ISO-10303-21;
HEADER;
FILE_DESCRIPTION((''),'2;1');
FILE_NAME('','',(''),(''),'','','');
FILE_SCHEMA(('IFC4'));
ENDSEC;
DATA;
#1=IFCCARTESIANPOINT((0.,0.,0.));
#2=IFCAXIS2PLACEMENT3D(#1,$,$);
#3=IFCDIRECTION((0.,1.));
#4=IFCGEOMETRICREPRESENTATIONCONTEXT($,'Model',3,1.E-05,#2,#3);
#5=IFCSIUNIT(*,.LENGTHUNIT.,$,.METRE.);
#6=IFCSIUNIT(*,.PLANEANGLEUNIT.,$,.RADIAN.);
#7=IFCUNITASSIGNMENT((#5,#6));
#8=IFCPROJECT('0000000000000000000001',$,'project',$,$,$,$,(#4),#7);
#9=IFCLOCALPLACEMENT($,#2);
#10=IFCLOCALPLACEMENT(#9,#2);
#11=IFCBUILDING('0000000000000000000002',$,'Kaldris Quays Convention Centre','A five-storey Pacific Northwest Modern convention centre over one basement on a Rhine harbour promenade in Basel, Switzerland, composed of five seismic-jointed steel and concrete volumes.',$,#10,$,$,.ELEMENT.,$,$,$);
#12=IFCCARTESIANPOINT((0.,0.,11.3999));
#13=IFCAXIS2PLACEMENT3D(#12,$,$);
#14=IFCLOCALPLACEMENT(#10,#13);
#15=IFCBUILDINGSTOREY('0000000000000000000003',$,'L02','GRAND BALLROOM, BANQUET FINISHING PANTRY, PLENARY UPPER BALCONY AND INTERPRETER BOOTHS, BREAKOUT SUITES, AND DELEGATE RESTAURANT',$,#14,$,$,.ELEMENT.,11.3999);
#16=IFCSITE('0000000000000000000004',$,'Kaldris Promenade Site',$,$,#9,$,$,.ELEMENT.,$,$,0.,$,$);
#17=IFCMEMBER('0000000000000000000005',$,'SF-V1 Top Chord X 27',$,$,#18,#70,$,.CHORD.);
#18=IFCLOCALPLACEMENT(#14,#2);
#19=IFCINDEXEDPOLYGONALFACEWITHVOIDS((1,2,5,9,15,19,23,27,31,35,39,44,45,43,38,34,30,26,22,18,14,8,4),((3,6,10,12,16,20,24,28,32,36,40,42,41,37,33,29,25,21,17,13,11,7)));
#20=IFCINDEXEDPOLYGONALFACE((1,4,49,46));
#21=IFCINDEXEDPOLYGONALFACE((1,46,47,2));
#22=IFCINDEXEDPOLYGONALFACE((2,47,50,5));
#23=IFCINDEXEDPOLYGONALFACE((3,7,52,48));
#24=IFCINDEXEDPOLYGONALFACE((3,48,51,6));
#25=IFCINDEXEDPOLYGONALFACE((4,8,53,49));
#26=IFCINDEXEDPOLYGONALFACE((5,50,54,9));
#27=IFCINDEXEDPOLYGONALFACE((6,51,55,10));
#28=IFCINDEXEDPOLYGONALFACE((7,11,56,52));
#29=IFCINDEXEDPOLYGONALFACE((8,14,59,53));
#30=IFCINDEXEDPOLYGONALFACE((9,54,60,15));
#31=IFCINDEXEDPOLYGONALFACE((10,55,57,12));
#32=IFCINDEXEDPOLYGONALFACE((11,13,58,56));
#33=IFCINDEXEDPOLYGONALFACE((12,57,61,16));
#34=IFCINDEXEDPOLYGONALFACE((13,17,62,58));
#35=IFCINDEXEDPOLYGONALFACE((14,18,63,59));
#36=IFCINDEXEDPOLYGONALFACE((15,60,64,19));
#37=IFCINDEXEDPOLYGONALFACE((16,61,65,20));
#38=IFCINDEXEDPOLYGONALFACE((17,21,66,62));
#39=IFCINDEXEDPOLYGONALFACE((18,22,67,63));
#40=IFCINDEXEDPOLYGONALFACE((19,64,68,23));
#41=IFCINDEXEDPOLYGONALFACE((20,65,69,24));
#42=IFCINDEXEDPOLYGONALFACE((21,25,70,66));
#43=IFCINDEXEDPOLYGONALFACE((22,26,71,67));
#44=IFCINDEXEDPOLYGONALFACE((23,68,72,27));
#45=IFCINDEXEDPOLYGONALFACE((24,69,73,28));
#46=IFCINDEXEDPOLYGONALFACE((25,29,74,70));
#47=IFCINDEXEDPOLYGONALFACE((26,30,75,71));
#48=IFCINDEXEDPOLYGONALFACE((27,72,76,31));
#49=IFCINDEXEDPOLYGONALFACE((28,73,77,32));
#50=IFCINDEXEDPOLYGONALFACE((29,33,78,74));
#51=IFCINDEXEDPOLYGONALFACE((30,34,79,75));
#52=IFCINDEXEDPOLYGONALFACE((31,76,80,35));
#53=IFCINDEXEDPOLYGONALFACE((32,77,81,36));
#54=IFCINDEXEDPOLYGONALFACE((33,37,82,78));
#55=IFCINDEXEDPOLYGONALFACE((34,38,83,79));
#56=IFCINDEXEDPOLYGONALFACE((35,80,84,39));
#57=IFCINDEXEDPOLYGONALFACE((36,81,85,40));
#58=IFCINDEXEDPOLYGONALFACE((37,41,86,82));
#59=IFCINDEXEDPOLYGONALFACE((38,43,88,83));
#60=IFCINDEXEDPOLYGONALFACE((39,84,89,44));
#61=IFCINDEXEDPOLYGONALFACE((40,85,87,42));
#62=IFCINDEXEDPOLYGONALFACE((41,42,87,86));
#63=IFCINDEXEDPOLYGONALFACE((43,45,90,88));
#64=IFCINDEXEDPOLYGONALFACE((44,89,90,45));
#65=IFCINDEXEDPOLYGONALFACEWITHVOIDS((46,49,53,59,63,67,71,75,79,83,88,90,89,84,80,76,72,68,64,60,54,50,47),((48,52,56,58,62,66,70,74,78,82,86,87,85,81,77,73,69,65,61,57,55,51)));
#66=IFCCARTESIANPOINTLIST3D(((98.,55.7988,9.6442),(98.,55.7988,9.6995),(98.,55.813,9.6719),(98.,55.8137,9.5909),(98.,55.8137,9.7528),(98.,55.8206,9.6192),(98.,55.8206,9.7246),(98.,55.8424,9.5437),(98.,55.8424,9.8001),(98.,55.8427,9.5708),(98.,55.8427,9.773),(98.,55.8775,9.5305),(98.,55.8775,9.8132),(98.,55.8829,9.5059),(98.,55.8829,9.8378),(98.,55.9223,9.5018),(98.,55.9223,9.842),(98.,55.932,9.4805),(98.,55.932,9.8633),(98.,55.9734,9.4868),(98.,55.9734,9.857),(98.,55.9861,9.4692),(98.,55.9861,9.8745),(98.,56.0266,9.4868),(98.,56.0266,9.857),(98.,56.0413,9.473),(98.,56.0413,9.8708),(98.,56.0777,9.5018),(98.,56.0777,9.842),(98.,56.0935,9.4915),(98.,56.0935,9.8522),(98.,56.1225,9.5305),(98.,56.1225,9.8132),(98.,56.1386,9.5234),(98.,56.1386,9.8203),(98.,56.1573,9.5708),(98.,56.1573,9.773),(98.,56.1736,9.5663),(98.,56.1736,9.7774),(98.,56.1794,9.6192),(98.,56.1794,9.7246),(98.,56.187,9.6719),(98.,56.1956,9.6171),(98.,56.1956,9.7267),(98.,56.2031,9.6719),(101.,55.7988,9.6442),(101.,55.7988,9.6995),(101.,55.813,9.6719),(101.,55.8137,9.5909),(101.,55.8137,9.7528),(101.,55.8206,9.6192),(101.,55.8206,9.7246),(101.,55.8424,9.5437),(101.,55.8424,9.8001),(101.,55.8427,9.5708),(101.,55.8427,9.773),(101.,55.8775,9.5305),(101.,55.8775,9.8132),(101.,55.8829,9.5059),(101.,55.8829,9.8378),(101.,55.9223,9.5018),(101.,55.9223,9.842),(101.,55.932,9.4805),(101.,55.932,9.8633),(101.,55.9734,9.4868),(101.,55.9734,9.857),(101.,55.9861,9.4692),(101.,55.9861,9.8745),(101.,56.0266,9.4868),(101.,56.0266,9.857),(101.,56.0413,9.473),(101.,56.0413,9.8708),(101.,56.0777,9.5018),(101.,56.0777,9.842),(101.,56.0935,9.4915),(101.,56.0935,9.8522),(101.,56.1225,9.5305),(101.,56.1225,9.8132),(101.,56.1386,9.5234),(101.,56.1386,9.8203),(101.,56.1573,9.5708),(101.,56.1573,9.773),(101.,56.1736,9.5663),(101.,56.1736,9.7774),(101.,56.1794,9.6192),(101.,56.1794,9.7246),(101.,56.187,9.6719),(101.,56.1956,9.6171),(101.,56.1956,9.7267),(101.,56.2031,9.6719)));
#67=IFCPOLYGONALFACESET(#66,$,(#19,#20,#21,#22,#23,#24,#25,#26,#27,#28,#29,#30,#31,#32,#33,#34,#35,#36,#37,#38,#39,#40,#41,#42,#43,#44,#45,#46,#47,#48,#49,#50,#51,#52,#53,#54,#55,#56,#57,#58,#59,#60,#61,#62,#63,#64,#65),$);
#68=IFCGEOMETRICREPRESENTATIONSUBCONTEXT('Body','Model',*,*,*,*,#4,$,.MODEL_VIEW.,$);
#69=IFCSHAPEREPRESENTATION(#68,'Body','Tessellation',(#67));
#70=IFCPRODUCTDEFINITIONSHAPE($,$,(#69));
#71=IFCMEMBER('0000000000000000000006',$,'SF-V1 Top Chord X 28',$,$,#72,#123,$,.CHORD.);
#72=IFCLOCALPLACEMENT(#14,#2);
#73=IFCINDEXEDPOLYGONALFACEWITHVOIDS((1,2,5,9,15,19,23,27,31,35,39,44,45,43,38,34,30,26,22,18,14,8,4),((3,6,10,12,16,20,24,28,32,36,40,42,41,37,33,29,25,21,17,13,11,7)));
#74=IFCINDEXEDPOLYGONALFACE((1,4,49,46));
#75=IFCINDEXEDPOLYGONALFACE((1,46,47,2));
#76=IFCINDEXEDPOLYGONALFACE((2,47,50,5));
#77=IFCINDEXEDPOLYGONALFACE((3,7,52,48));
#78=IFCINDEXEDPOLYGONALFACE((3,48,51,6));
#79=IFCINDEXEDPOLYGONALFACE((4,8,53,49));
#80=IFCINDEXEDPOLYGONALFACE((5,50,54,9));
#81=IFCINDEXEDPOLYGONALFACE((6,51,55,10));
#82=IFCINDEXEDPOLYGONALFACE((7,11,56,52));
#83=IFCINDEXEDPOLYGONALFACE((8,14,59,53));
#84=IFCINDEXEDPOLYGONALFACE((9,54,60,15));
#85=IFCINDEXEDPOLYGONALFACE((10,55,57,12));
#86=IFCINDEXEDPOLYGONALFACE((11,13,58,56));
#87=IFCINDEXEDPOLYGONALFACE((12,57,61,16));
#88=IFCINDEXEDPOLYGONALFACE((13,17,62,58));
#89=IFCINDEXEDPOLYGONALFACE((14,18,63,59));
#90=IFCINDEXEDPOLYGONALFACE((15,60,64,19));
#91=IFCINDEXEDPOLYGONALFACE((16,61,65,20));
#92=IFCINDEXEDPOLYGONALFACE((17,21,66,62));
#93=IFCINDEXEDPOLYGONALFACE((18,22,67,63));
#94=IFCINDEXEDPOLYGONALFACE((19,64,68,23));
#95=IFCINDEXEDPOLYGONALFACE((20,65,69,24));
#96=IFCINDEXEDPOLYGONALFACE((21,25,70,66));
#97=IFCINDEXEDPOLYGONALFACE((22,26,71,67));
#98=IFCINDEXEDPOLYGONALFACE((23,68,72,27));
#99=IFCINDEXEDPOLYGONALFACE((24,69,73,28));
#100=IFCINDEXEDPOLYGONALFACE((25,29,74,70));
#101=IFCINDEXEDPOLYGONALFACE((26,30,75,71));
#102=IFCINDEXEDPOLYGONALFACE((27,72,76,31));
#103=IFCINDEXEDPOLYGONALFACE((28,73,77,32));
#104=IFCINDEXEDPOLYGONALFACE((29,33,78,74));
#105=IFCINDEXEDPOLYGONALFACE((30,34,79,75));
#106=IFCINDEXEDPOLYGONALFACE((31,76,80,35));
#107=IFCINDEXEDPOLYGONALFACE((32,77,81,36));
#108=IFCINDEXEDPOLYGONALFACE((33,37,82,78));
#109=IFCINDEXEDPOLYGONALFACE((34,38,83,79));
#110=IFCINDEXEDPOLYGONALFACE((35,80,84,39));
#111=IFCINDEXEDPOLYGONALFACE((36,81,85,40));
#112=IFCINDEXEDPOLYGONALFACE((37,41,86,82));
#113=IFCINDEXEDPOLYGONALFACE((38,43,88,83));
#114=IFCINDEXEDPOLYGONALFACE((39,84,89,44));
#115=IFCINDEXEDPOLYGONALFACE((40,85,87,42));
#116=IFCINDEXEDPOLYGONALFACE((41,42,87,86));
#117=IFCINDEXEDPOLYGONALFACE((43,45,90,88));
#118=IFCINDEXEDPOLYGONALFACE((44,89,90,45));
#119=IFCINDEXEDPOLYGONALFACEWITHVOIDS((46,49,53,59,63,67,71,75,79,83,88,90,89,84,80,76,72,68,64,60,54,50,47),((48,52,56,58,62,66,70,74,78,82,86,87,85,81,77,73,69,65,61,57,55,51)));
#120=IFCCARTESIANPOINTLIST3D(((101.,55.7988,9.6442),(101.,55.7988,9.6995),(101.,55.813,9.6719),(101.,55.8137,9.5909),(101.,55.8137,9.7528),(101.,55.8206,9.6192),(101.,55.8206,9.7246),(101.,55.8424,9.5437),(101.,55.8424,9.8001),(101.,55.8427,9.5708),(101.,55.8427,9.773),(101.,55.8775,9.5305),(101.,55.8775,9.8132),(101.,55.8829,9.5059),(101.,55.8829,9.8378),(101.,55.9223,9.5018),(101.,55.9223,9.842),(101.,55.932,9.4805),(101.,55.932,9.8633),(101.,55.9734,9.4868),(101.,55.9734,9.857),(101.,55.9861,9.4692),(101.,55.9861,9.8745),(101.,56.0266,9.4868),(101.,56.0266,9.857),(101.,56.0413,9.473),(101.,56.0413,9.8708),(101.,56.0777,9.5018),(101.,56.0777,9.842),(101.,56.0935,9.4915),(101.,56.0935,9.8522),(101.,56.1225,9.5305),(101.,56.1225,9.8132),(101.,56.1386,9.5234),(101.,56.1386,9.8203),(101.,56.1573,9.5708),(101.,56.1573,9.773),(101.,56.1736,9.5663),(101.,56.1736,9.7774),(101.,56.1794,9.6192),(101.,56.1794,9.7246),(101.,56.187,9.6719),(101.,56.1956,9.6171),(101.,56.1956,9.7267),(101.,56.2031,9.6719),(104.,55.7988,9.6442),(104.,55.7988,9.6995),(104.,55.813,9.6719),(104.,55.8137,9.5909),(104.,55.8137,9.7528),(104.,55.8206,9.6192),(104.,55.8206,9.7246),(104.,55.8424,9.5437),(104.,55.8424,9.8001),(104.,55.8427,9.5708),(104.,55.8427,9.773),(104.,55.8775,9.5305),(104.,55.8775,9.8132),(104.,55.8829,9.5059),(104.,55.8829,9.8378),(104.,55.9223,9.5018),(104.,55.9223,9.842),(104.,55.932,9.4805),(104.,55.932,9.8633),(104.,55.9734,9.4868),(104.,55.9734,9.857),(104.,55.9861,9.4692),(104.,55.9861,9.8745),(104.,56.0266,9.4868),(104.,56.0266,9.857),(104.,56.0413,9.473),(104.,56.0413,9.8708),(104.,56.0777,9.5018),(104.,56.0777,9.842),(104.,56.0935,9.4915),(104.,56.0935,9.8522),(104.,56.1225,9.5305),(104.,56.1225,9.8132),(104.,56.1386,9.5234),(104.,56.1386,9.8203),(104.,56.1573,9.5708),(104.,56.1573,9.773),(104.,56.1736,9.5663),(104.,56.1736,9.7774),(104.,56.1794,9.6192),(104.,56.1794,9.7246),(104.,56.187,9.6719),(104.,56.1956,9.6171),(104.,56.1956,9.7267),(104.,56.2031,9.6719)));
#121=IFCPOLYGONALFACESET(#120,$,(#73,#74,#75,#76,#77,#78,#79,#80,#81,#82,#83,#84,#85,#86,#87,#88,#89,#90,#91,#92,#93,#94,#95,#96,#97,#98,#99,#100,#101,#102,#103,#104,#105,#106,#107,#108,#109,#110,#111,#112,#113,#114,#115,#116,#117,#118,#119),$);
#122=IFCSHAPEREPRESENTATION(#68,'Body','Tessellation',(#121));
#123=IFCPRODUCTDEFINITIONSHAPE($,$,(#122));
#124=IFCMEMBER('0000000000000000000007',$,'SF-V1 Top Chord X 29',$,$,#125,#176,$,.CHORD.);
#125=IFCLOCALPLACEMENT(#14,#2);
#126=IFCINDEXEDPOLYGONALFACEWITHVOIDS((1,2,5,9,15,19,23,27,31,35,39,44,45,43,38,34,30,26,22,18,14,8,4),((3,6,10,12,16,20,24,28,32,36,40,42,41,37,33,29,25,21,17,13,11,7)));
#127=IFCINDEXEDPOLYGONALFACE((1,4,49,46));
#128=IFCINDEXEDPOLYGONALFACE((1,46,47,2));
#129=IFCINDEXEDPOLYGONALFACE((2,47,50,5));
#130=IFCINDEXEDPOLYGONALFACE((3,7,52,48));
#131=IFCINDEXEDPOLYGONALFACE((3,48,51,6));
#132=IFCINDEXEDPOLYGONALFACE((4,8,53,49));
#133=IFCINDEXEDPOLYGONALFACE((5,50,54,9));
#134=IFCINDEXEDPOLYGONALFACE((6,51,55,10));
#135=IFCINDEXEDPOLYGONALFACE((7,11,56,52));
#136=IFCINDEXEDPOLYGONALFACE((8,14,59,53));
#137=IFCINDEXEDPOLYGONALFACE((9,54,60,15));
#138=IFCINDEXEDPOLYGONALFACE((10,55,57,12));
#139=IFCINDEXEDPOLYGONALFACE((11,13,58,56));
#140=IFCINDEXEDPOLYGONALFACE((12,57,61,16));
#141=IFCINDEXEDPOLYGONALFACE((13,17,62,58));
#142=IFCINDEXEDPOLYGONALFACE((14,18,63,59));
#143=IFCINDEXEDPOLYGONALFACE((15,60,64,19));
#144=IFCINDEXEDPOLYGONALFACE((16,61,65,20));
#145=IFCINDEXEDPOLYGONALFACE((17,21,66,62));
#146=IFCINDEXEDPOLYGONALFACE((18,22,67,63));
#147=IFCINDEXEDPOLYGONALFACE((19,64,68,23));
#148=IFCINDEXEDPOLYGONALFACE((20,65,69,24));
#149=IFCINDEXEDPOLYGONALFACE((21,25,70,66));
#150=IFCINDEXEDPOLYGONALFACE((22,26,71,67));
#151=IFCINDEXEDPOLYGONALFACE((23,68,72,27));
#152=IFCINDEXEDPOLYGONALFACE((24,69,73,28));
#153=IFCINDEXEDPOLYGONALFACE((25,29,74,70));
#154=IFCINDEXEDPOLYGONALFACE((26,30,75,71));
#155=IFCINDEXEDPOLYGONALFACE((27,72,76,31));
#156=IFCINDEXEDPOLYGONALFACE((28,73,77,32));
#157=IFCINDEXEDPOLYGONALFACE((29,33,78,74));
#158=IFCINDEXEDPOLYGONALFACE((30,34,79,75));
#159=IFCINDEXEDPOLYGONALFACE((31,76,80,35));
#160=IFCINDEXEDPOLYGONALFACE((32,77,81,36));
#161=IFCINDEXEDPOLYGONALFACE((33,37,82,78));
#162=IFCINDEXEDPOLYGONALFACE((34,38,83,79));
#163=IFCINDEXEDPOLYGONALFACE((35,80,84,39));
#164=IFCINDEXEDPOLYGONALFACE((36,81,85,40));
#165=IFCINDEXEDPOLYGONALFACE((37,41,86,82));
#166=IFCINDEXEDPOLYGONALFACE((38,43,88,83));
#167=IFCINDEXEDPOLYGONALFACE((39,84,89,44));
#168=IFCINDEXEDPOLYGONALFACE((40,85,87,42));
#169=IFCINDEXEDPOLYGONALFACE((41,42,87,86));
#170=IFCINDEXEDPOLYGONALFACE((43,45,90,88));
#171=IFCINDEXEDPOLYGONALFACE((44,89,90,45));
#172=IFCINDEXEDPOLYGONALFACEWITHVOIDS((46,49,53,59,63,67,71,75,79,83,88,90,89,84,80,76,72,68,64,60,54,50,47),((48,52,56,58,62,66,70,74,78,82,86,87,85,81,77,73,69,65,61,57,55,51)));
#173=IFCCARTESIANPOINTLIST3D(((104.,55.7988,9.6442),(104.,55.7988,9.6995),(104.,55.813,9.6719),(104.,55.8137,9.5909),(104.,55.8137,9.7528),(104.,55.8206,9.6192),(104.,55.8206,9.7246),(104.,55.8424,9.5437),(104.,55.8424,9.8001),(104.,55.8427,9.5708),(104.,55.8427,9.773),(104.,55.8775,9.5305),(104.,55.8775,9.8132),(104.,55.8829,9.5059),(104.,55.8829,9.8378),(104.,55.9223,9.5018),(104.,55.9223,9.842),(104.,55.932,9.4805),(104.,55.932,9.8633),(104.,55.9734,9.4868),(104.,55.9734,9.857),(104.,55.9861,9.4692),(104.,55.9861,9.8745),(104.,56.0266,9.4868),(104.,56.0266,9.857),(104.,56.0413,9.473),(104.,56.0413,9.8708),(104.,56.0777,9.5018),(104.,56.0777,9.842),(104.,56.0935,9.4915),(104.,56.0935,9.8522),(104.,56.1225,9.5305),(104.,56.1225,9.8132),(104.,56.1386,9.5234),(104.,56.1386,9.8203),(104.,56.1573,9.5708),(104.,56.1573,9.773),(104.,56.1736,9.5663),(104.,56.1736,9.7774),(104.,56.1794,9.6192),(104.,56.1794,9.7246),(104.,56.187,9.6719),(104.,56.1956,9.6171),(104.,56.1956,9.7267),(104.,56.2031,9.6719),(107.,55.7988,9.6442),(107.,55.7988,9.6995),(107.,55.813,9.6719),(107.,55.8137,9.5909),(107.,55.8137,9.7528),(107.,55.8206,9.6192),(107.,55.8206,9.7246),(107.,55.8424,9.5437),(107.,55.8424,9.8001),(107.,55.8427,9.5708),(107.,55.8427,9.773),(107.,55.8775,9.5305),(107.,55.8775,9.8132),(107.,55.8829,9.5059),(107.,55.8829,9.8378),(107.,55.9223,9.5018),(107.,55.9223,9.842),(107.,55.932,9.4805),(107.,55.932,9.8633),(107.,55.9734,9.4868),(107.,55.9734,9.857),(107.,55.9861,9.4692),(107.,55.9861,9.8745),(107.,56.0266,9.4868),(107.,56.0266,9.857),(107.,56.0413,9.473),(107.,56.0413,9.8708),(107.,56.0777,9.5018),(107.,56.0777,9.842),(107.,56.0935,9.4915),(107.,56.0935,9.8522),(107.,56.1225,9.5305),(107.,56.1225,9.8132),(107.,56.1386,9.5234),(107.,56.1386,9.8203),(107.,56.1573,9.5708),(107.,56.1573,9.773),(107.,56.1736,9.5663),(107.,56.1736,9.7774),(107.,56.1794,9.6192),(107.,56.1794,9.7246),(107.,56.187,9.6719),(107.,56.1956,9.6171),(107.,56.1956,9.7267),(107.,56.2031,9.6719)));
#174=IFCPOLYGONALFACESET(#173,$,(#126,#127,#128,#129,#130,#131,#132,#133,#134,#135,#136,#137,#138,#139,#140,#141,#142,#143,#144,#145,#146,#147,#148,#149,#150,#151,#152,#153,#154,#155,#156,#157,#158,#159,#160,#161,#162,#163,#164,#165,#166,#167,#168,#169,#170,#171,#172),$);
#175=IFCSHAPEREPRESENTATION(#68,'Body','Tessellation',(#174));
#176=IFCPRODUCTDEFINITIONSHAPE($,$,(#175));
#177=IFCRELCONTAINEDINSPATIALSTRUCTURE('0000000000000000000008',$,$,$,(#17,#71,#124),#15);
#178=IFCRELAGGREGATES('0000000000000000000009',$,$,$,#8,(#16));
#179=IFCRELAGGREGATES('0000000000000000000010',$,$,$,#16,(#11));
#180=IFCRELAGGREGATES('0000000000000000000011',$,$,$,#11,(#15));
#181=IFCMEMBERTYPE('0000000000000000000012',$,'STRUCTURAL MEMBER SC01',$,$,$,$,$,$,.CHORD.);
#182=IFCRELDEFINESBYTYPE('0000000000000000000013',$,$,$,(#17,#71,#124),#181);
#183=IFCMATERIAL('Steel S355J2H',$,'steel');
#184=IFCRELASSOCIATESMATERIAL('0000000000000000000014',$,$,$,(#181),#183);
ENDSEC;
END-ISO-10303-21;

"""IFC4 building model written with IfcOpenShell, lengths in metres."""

from ifc_helpers import new_model, si_unit, direction, frame, origin, origin_2d, place, context, subcontext, project, spatial, hollow_circle, extrude, material, material_profile, profile_set, type_object, element, save


model = new_model("IFC4")

# Units and contexts
model_context = context("Model", 3, precision=1e-05, world=origin(), true_north=direction((0.0, 1.0)))
body_context = subcontext(model_context, "Body", "Model", "MODEL_VIEW")
ifc_project = project(units=[si_unit("LENGTHUNIT", "METRE"), si_unit("PLANEANGLEUNIT", "RADIAN")], contexts=[model_context])

# Site, building, storey
site_placement = place(None, origin())
site = spatial("IfcSite", under=ifc_project, at=site_placement, Name="Kaldris Promenade Site", CompositionType="ELEMENT", RefElevation=0.0)
building_placement = place(site_placement, origin())
building = spatial("IfcBuilding", under=site, at=building_placement, Name="Kaldris Quays Convention Centre", Description="A five-storey Pacific Northwest Modern convention centre over one basement on a Rhine harbour promenade in Basel, Switzerland, composed of five seismic-jointed steel and concrete volumes.", CompositionType="ELEMENT")
storey_placement = place(building_placement, frame((0.0, 0.0, 11.3999)))
storey = spatial("IfcBuildingStorey", under=building, at=storey_placement, Name="L02", Description="GRAND BALLROOM, BANQUET FINISHING PANTRY, PLENARY UPPER BALCONY AND INTERPRETER BOOTHS, BREAKOUT SUITES, AND DELEGATE RESTAURANT", CompositionType="ELEMENT", Elevation=11.3999)

# Members
ifc_material_1 = material(Name="Steel S355J2H", Category="steel")
ifc_material_profile_1 = material_profile(ifc_material_1, hollow_circle(Radius=0.2031, WallThickness=0.0161, at=origin_2d()), Name="CHS 406.4x16")
ifc_profile_set_1 = profile_set([ifc_material_profile_1], Name="Steel S355J2H")
member_type_1 = type_object("IfcMemberType", Name="STRUCTURAL MEMBER SC01", PredefinedType="CHORD", material=ifc_profile_set_1)
for number, where, z_axis, x_axis, name in (
    (1, (98.0, 56.0, 9.6719), (1.0, 0.0, 0.0), (0.0, 1.0, 0.0), "SF-V1 Top Chord X 27"),
    (2, (101.0, 56.0, 9.6719), (1.0, 0.0, 0.0), (0.0, 1.0, 0.0), "SF-V1 Top Chord X 28"),
    (3, (104.0, 56.0, 9.6719), (1.0, 0.0, 0.0), (0.0, 1.0, 0.0), "SF-V1 Top Chord X 29"),
):
    element("IfcMember", number, at=place(storey_placement, frame(where, z_axis=z_axis, x_axis=x_axis)), inside=storey, type_object=member_type_1, Name=name, PredefinedType="CHORD", context=body_context, shape_type="SweptSolid", body=[
        extrude(hollow_circle(Radius=0.2031, WallThickness=0.0161, at=origin_2d()), origin(), (0.0, 0.0, 1.0), 3.0),
    ])

save(model, "model.ifc")
